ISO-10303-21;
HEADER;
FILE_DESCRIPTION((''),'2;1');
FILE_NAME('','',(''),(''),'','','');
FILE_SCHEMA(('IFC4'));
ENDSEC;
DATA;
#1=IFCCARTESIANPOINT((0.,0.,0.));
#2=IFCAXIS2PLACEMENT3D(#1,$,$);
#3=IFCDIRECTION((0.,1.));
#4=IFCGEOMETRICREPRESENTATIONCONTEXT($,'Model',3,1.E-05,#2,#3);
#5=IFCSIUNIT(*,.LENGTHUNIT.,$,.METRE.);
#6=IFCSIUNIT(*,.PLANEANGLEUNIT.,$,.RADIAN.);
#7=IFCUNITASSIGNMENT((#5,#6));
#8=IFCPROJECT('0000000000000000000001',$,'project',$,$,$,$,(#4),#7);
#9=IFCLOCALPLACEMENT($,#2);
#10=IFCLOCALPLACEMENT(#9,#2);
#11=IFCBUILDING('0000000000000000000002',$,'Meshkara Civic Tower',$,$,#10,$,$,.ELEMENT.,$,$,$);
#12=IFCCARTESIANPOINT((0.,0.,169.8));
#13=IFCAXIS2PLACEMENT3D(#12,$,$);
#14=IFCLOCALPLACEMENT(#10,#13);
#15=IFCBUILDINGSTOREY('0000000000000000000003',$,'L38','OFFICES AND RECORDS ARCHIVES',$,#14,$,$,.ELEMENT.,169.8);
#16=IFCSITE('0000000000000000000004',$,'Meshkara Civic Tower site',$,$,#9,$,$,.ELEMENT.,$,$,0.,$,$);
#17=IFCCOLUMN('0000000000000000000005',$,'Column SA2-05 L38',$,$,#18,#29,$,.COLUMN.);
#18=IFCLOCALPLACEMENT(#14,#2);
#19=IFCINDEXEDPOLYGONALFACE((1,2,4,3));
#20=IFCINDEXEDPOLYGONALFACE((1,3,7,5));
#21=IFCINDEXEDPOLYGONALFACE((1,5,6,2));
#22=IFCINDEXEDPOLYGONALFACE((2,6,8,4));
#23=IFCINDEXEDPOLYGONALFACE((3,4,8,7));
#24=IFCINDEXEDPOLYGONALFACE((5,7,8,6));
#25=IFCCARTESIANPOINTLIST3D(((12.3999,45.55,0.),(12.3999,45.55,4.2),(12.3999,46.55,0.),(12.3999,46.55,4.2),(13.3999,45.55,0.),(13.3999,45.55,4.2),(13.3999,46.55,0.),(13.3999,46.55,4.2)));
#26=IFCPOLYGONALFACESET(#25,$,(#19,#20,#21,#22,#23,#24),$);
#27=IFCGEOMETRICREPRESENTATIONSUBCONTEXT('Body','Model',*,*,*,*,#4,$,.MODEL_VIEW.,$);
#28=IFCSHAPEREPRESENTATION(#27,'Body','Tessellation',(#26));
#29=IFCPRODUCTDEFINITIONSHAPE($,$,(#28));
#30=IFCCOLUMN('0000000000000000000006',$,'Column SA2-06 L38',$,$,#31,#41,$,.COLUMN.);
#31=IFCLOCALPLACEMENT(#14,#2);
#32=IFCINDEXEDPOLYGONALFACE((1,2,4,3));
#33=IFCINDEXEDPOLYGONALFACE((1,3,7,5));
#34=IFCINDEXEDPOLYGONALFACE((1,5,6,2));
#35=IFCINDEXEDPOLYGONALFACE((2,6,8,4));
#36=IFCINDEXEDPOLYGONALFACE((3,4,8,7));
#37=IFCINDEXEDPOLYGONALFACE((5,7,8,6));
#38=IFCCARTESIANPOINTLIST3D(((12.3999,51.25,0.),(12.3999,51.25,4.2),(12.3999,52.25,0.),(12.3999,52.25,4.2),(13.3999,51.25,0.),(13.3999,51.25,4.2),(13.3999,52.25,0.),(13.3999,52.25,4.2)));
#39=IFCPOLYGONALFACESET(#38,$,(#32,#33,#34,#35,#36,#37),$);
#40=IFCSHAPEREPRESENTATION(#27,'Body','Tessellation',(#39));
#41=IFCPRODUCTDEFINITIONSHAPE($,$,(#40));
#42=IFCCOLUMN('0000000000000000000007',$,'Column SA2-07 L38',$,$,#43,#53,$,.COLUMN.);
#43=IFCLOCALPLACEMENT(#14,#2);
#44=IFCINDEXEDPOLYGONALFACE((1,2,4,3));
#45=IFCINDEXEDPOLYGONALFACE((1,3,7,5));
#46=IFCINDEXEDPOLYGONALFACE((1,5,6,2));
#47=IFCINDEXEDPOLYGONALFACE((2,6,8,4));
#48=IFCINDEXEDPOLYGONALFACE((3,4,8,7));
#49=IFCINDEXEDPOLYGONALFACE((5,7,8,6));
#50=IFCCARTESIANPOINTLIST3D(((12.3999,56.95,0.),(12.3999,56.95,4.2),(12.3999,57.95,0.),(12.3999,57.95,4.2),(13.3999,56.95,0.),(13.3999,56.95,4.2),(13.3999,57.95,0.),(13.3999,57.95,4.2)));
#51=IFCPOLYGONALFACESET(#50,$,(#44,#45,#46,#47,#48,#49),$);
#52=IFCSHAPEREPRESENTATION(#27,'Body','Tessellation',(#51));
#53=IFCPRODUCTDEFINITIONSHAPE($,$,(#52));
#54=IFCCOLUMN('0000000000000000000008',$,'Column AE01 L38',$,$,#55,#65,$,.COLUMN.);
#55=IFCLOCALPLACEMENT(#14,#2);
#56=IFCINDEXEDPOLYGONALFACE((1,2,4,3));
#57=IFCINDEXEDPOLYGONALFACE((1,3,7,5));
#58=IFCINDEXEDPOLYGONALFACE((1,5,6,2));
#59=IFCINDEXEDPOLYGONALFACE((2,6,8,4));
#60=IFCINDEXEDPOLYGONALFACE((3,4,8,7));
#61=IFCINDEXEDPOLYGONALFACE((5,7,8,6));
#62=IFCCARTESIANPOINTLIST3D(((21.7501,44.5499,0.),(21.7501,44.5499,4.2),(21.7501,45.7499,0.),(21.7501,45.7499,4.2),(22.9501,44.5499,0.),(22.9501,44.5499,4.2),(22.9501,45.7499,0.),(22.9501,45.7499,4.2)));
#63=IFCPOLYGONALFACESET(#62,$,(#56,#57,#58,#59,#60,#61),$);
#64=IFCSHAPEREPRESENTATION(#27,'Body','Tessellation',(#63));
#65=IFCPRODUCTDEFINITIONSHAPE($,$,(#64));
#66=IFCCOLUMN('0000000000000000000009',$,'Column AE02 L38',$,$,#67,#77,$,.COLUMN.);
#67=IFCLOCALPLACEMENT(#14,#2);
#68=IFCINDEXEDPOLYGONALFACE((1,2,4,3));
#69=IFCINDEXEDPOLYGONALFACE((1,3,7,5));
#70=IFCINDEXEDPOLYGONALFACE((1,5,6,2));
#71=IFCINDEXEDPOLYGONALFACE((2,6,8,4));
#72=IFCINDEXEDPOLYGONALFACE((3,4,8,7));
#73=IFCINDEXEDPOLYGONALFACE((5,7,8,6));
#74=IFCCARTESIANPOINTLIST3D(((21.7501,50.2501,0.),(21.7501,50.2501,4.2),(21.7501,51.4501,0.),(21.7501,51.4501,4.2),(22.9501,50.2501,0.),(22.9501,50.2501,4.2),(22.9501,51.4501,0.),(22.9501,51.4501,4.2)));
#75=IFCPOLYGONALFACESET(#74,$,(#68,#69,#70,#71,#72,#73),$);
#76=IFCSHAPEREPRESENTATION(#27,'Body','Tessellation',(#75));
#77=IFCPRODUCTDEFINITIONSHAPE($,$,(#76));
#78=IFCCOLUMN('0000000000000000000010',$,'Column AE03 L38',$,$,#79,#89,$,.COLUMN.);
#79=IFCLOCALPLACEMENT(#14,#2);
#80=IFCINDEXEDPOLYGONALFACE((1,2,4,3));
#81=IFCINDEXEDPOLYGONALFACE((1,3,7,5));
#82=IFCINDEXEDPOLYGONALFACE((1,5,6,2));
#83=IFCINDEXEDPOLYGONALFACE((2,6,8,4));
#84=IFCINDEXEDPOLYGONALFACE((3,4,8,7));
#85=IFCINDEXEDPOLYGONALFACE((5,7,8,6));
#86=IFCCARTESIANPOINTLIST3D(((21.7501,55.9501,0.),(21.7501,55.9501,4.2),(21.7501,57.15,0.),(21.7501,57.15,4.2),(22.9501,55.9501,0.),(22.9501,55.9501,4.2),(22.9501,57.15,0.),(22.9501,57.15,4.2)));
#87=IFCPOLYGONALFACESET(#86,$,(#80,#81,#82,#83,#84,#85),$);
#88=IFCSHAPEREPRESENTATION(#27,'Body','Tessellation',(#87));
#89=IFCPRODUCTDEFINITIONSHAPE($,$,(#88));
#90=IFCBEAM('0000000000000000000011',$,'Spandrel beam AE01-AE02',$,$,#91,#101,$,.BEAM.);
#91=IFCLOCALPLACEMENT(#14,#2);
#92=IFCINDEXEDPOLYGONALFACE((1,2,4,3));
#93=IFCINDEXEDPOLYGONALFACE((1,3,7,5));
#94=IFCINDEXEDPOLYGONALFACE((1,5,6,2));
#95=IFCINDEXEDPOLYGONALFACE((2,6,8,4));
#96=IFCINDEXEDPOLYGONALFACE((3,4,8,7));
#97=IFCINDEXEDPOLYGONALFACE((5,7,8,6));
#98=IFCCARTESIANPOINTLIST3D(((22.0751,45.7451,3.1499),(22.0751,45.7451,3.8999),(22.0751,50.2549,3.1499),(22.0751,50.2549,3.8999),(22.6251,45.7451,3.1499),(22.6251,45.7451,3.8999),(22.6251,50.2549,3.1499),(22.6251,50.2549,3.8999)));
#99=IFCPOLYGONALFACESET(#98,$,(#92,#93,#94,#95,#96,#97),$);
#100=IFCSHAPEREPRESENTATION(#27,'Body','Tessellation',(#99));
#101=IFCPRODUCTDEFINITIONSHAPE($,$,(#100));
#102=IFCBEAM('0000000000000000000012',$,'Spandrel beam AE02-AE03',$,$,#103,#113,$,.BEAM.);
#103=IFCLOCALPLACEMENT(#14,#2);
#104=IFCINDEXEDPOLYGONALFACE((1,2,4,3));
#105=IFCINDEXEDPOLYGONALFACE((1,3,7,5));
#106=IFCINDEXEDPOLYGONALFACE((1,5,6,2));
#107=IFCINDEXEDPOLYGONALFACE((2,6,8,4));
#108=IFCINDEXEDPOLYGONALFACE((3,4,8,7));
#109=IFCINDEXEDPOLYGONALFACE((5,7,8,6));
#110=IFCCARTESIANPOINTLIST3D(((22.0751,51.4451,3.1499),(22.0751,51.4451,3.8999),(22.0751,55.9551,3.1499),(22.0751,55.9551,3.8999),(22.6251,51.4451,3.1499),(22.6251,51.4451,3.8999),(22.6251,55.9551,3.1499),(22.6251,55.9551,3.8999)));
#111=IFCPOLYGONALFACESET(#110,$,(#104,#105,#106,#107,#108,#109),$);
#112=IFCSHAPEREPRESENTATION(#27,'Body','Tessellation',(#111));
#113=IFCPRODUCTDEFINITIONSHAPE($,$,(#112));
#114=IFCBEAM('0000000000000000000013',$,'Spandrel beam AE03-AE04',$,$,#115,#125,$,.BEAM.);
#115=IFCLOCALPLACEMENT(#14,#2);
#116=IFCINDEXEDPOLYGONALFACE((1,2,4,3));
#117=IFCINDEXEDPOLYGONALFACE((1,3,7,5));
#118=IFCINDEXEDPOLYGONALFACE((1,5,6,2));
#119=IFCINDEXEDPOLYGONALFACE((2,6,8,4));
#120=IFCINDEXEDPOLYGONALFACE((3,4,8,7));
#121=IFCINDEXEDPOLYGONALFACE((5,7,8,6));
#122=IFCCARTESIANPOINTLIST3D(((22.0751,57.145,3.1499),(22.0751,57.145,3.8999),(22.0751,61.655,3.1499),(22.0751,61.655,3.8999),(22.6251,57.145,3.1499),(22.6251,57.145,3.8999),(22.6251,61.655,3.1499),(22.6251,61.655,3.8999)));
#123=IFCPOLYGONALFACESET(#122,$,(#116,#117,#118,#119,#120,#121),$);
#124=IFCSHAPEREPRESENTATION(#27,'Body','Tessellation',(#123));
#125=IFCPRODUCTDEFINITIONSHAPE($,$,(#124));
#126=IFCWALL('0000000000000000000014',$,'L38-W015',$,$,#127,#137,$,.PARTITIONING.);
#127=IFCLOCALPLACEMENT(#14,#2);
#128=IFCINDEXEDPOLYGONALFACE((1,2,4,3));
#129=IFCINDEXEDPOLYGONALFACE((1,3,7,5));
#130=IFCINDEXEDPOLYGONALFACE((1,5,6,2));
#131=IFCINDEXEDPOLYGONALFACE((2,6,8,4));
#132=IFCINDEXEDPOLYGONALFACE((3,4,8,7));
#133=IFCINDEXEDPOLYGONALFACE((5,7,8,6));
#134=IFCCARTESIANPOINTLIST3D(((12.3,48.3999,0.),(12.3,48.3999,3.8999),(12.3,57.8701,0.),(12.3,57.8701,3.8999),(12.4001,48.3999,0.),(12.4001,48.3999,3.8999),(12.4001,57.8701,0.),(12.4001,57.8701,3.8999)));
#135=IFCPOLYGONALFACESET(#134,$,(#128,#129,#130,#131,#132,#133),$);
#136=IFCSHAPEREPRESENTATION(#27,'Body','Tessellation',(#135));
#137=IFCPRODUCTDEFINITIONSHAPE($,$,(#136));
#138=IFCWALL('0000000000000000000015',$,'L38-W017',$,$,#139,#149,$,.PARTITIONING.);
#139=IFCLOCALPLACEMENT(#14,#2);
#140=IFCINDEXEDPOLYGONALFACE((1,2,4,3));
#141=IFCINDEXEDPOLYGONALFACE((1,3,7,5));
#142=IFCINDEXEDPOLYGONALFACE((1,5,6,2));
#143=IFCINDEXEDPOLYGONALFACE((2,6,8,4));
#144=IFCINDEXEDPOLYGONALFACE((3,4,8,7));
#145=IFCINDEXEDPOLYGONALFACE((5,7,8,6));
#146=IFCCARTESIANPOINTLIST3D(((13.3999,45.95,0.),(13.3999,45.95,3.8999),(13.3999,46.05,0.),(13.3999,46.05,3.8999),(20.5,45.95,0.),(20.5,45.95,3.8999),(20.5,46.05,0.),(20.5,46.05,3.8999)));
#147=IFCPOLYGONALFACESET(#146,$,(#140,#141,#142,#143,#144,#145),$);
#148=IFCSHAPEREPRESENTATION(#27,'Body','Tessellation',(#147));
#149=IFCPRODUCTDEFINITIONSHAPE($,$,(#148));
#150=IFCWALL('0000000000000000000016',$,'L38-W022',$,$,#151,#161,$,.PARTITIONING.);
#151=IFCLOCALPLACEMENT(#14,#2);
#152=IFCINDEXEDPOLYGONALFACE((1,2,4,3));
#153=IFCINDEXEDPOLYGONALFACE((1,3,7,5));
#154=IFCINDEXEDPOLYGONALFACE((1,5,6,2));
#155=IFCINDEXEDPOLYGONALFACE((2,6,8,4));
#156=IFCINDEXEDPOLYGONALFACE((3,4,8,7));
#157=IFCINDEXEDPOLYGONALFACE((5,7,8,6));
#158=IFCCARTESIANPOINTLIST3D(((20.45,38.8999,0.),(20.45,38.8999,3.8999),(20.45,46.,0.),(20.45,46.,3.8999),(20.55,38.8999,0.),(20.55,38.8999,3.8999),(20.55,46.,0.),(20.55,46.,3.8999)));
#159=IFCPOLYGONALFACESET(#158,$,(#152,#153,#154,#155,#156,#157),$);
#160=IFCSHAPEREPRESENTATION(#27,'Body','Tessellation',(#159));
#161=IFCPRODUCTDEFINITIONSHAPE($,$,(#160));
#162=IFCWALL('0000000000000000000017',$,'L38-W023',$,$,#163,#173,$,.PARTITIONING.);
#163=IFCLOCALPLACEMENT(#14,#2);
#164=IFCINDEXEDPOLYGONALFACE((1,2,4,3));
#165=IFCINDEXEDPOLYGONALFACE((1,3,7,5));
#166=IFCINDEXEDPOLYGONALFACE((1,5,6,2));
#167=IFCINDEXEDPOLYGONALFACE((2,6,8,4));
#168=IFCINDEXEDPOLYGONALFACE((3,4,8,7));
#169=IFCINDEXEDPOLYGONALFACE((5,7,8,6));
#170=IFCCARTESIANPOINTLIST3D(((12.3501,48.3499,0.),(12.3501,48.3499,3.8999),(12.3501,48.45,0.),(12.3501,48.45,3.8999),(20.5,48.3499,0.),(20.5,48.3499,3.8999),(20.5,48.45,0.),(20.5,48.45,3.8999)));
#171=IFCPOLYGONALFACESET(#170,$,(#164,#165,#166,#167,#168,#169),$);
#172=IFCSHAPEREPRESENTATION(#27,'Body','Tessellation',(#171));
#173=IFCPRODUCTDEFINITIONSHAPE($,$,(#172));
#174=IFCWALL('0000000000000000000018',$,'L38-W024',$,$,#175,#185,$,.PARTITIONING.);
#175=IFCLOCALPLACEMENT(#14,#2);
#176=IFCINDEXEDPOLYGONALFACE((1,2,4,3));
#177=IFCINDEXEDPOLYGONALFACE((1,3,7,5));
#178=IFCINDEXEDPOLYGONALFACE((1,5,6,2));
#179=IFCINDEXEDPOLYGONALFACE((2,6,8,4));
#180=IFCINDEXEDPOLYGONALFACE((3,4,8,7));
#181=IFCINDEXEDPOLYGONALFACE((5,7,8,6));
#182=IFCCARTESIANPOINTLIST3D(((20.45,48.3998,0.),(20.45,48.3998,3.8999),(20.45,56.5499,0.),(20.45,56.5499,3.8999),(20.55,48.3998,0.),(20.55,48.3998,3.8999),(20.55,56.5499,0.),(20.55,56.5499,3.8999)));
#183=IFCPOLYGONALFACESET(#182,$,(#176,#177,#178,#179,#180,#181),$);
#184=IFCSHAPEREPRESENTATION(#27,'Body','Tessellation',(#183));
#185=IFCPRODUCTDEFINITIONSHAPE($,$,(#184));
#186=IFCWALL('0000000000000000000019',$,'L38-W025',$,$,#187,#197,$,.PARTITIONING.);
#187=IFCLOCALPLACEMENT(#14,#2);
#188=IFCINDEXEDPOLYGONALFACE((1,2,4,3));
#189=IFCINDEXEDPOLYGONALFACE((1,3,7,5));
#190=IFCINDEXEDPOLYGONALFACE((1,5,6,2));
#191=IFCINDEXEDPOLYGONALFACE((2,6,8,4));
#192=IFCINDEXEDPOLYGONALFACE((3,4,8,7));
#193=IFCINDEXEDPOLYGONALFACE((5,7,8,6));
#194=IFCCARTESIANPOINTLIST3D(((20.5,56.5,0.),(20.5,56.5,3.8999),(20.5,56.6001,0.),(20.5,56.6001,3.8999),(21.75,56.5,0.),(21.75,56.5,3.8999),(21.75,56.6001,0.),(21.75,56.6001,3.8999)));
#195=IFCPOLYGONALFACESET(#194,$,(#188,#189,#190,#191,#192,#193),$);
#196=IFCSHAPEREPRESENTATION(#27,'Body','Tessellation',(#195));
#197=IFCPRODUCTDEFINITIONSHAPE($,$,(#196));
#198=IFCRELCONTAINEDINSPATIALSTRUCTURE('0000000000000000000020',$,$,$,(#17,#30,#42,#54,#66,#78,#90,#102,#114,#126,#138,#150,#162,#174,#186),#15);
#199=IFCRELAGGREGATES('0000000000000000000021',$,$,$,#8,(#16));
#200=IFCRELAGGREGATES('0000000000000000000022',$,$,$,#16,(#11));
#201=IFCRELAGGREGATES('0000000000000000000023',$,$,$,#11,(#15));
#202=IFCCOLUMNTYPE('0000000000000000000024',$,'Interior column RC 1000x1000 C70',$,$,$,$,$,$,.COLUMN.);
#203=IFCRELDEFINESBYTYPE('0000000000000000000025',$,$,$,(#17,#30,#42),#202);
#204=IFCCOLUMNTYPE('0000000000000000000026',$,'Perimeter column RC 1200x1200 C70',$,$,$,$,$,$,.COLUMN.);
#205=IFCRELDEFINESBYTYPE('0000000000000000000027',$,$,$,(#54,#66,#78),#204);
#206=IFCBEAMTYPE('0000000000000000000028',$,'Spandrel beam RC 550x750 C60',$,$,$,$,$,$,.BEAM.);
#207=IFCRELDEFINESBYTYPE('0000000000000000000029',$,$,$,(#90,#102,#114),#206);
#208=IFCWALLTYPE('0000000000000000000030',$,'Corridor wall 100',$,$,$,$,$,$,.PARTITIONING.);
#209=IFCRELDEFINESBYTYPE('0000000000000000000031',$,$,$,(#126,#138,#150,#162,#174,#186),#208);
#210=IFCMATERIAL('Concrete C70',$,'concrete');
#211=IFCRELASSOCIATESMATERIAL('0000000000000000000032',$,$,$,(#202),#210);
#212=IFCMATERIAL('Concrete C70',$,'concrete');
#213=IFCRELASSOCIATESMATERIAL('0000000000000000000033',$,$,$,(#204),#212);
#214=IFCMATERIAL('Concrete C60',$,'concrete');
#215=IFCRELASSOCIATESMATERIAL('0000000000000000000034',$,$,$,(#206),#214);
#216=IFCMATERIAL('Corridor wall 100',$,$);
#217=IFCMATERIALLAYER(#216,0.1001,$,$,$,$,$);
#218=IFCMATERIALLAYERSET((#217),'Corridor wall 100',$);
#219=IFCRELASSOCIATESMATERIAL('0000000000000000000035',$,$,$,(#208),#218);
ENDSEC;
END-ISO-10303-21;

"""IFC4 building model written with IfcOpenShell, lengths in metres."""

from ifc_helpers import new_model, si_unit, direction, frame, frame_2d, origin, origin_2d, place, context, subcontext, project, spatial, rectangle, extrude, material, layer, layer_set, material_profile, profile_set, type_object, element, save


model = new_model("IFC4")

# Units and contexts
model_context = context("Model", 3, precision=1e-05, world=origin(), true_north=direction((0.0, 1.0)))
body_context = subcontext(model_context, "Body", "Model", "MODEL_VIEW")
ifc_project = project(units=[si_unit("LENGTHUNIT", "METRE"), si_unit("PLANEANGLEUNIT", "RADIAN")], contexts=[model_context])

# Site, building, storey
site_placement = place(None, origin())
site = spatial("IfcSite", under=ifc_project, at=site_placement, Name="Meshkara Civic Tower site", CompositionType="ELEMENT", RefElevation=0.0)
building_placement = place(site_placement, origin())
building = spatial("IfcBuilding", under=site, at=building_placement, Name="Meshkara Civic Tower", CompositionType="ELEMENT")
storey_placement = place(building_placement, frame((0.0, 0.0, 169.8)))
storey = spatial("IfcBuildingStorey", under=building, at=storey_placement, Name="L38", Description="OFFICES AND RECORDS ARCHIVES", CompositionType="ELEMENT", Elevation=169.8)

# Columns
ifc_material_1 = material(Name="Concrete C70", Category="concrete")
ifc_material_profile_1 = material_profile(ifc_material_1, rectangle(XDim=1.0, YDim=1.0, at=origin_2d()))
ifc_profile_set_1 = profile_set([ifc_material_profile_1], Name="Concrete C70")
column_type_1 = type_object("IfcColumnType", Name="Interior column RC 1000x1000 C70", PredefinedType="COLUMN", material=ifc_profile_set_1)
for number, where, z_axis, x_axis, name in (
    (1, (12.8999, 46.05, 0.0), (0.0, 0.0, 1.0), (1.0, 0.0, 0.0), "Column SA2-05 L38"),
    (2, (12.8999, 51.75, 0.0), (0.0, 0.0, 1.0), (1.0, 0.0, 0.0), "Column SA2-06 L38"),
    (3, (12.8999, 57.45, 0.0), (0.0, 0.0, 1.0), (1.0, 0.0, 0.0), "Column SA2-07 L38"),
):
    element("IfcColumn", number, at=place(storey_placement, frame(where, z_axis=z_axis, x_axis=x_axis)), inside=storey, type_object=column_type_1, Name=name, PredefinedType="COLUMN", context=body_context, shape_type="SweptSolid", body=[
        extrude(rectangle(XDim=1.0, YDim=1.0, at=origin_2d()), origin(), (0.0, 0.0, 1.0), 4.2),
    ])
ifc_material_2 = material(Name="Concrete C70", Category="concrete")
ifc_material_profile_2 = material_profile(ifc_material_2, rectangle(XDim=1.2, YDim=1.2, at=origin_2d()))
ifc_profile_set_2 = profile_set([ifc_material_profile_2], Name="Concrete C70")
column_type_2 = type_object("IfcColumnType", Name="Perimeter column RC 1200x1200 C70", PredefinedType="COLUMN", material=ifc_profile_set_2)
for number, where, z_axis, x_axis, name in (
    (4, (22.3501, 45.1499, 0.0), (0.0, 0.0, 1.0), (1.0, 0.0, 0.0), "Column AE01 L38"),
    (5, (22.3501, 50.8501, 0.0), (0.0, 0.0, 1.0), (1.0, 0.0, 0.0), "Column AE02 L38"),
    (6, (22.3501, 56.55, 0.0), (0.0, 0.0, 1.0), (1.0, 0.0, 0.0), "Column AE03 L38"),
):
    element("IfcColumn", number, at=place(storey_placement, frame(where, z_axis=z_axis, x_axis=x_axis)), inside=storey, type_object=column_type_2, Name=name, PredefinedType="COLUMN", context=body_context, shape_type="SweptSolid", body=[
        extrude(rectangle(XDim=1.2, YDim=1.2, at=origin_2d()), origin(), (0.0, 0.0, 1.0), 4.2),
    ])

# Beams
ifc_material_3 = material(Name="Concrete C60", Category="concrete")
ifc_material_profile_3 = material_profile(ifc_material_3, rectangle(XDim=0.55, YDim=0.75, at=origin_2d()))
ifc_profile_set_3 = profile_set([ifc_material_profile_3], Name="Concrete C60")
beam_type = type_object("IfcBeamType", Name="Spandrel beam RC 550x750 C60", PredefinedType="BEAM", material=ifc_profile_set_3)
beam_placement = place(storey_placement, frame((22.3501, 45.7451, 3.5249), z_axis=(0.0, 1.0, 0.0), x_axis=(-1.0, 0.0, 0.0)))
element("IfcBeam", 7, at=beam_placement, inside=storey, type_object=beam_type, Name="Spandrel beam AE01-AE02", PredefinedType="BEAM", context=body_context, shape_type="SweptSolid", body=[
    extrude(rectangle(XDim=0.55, YDim=0.75, at=origin_2d()), origin(), (0.0, 0.0, 1.0), 4.5098),
])
for number, where, z_axis, x_axis, name in (
    (8, (22.3501, 51.4451, 3.5249), (0.0, 1.0, 0.0), (-1.0, 0.0, 0.0), "Spandrel beam AE02-AE03"),
    (9, (22.3501, 57.145, 3.5249), (0.0, 1.0, 0.0), (-1.0, 0.0, 0.0), "Spandrel beam AE03-AE04"),
):
    element("IfcBeam", number, at=place(storey_placement, frame(where, z_axis=z_axis, x_axis=x_axis)), inside=storey, type_object=beam_type, Name=name, PredefinedType="BEAM", context=body_context, shape_type="SweptSolid", body=[
        extrude(rectangle(XDim=0.55, YDim=0.75, at=origin_2d()), origin(), (0.0, 0.0, 1.0), 4.51),
    ])

# Walls
ifc_material_4 = material(Name="Corridor wall 100")
ifc_layer_1 = layer(ifc_material_4, 0.1001)
ifc_layer_set_1 = layer_set([ifc_layer_1], Name="Corridor wall 100")
wall_type_1 = type_object("IfcWallType", Name="Corridor wall 100", PredefinedType="PARTITIONING", material=ifc_layer_set_1)
wall_1_placement = place(storey_placement, frame((12.3501, 48.3999, 0.0), z_axis=(0.0, 0.0, 1.0), x_axis=(0.0, 1.0, 0.0)))
element("IfcWall", 10, at=wall_1_placement, inside=storey, type_object=wall_type_1, Name="L38-W015", PredefinedType="PARTITIONING", context=body_context, shape_type="SweptSolid", body=[
    extrude(rectangle(XDim=9.4702, YDim=0.1001, at=frame_2d((4.7351, 0.0))), origin(), (0.0, 0.0, 1.0), 3.8999),
])
for number, where, z_axis, x_axis, name in (
    (11, (13.3999, 46.0, 0.0), (0.0, 0.0, 1.0), (1.0, 0.0, 0.0), "L38-W017"),
    (12, (20.5, 46.0, 0.0), (0.0, 0.0, 1.0), (0.0, -1.0, 0.0), "L38-W022"),
):
    element("IfcWall", number, at=place(storey_placement, frame(where, z_axis=z_axis, x_axis=x_axis)), inside=storey, type_object=wall_type_1, Name=name, PredefinedType="PARTITIONING", context=body_context, shape_type="SweptSolid", body=[
        extrude(rectangle(XDim=7.1001, YDim=0.1001, at=frame_2d((3.55, 0.0))), origin(), (0.0, 0.0, 1.0), 3.8999),
    ])
wall_2_placement = place(storey_placement, frame((20.5, 48.3999, 0.0), z_axis=(0.0, 0.0, 1.0), x_axis=(-1.0, 0.0, 0.0)))
element("IfcWall", 13, at=wall_2_placement, inside=storey, type_object=wall_type_1, Name="L38-W023", PredefinedType="PARTITIONING", context=body_context, shape_type="SweptSolid", body=[
    extrude(rectangle(XDim=8.1499, YDim=0.1001, at=frame_2d((4.075, 0.0))), origin(), (0.0, 0.0, 1.0), 3.8999),
])
wall_3_placement = place(storey_placement, frame((20.5, 56.55, 0.0), z_axis=(0.0, 0.0, 1.0), x_axis=(0.0, -1.0, 0.0)))
element("IfcWall", 14, at=wall_3_placement, inside=storey, type_object=wall_type_1, Name="L38-W024", PredefinedType="PARTITIONING", context=body_context, shape_type="SweptSolid", body=[
    extrude(rectangle(XDim=8.1501, YDim=0.1001, at=frame_2d((4.0752, 0.0))), origin(), (0.0, 0.0, 1.0), 3.8999),
])
wall_4_placement = place(storey_placement, frame((21.75, 56.55, 0.0), z_axis=(0.0, 0.0, 1.0), x_axis=(-1.0, 0.0, 0.0)))
element("IfcWall", 15, at=wall_4_placement, inside=storey, type_object=wall_type_1, Name="L38-W025", PredefinedType="PARTITIONING", context=body_context, shape_type="SweptSolid", body=[
    extrude(rectangle(XDim=1.25, YDim=0.1001, at=frame_2d((0.625, 0.0))), origin(), (0.0, 0.0, 1.0), 3.8999),
])

save(model, "model.ifc")
